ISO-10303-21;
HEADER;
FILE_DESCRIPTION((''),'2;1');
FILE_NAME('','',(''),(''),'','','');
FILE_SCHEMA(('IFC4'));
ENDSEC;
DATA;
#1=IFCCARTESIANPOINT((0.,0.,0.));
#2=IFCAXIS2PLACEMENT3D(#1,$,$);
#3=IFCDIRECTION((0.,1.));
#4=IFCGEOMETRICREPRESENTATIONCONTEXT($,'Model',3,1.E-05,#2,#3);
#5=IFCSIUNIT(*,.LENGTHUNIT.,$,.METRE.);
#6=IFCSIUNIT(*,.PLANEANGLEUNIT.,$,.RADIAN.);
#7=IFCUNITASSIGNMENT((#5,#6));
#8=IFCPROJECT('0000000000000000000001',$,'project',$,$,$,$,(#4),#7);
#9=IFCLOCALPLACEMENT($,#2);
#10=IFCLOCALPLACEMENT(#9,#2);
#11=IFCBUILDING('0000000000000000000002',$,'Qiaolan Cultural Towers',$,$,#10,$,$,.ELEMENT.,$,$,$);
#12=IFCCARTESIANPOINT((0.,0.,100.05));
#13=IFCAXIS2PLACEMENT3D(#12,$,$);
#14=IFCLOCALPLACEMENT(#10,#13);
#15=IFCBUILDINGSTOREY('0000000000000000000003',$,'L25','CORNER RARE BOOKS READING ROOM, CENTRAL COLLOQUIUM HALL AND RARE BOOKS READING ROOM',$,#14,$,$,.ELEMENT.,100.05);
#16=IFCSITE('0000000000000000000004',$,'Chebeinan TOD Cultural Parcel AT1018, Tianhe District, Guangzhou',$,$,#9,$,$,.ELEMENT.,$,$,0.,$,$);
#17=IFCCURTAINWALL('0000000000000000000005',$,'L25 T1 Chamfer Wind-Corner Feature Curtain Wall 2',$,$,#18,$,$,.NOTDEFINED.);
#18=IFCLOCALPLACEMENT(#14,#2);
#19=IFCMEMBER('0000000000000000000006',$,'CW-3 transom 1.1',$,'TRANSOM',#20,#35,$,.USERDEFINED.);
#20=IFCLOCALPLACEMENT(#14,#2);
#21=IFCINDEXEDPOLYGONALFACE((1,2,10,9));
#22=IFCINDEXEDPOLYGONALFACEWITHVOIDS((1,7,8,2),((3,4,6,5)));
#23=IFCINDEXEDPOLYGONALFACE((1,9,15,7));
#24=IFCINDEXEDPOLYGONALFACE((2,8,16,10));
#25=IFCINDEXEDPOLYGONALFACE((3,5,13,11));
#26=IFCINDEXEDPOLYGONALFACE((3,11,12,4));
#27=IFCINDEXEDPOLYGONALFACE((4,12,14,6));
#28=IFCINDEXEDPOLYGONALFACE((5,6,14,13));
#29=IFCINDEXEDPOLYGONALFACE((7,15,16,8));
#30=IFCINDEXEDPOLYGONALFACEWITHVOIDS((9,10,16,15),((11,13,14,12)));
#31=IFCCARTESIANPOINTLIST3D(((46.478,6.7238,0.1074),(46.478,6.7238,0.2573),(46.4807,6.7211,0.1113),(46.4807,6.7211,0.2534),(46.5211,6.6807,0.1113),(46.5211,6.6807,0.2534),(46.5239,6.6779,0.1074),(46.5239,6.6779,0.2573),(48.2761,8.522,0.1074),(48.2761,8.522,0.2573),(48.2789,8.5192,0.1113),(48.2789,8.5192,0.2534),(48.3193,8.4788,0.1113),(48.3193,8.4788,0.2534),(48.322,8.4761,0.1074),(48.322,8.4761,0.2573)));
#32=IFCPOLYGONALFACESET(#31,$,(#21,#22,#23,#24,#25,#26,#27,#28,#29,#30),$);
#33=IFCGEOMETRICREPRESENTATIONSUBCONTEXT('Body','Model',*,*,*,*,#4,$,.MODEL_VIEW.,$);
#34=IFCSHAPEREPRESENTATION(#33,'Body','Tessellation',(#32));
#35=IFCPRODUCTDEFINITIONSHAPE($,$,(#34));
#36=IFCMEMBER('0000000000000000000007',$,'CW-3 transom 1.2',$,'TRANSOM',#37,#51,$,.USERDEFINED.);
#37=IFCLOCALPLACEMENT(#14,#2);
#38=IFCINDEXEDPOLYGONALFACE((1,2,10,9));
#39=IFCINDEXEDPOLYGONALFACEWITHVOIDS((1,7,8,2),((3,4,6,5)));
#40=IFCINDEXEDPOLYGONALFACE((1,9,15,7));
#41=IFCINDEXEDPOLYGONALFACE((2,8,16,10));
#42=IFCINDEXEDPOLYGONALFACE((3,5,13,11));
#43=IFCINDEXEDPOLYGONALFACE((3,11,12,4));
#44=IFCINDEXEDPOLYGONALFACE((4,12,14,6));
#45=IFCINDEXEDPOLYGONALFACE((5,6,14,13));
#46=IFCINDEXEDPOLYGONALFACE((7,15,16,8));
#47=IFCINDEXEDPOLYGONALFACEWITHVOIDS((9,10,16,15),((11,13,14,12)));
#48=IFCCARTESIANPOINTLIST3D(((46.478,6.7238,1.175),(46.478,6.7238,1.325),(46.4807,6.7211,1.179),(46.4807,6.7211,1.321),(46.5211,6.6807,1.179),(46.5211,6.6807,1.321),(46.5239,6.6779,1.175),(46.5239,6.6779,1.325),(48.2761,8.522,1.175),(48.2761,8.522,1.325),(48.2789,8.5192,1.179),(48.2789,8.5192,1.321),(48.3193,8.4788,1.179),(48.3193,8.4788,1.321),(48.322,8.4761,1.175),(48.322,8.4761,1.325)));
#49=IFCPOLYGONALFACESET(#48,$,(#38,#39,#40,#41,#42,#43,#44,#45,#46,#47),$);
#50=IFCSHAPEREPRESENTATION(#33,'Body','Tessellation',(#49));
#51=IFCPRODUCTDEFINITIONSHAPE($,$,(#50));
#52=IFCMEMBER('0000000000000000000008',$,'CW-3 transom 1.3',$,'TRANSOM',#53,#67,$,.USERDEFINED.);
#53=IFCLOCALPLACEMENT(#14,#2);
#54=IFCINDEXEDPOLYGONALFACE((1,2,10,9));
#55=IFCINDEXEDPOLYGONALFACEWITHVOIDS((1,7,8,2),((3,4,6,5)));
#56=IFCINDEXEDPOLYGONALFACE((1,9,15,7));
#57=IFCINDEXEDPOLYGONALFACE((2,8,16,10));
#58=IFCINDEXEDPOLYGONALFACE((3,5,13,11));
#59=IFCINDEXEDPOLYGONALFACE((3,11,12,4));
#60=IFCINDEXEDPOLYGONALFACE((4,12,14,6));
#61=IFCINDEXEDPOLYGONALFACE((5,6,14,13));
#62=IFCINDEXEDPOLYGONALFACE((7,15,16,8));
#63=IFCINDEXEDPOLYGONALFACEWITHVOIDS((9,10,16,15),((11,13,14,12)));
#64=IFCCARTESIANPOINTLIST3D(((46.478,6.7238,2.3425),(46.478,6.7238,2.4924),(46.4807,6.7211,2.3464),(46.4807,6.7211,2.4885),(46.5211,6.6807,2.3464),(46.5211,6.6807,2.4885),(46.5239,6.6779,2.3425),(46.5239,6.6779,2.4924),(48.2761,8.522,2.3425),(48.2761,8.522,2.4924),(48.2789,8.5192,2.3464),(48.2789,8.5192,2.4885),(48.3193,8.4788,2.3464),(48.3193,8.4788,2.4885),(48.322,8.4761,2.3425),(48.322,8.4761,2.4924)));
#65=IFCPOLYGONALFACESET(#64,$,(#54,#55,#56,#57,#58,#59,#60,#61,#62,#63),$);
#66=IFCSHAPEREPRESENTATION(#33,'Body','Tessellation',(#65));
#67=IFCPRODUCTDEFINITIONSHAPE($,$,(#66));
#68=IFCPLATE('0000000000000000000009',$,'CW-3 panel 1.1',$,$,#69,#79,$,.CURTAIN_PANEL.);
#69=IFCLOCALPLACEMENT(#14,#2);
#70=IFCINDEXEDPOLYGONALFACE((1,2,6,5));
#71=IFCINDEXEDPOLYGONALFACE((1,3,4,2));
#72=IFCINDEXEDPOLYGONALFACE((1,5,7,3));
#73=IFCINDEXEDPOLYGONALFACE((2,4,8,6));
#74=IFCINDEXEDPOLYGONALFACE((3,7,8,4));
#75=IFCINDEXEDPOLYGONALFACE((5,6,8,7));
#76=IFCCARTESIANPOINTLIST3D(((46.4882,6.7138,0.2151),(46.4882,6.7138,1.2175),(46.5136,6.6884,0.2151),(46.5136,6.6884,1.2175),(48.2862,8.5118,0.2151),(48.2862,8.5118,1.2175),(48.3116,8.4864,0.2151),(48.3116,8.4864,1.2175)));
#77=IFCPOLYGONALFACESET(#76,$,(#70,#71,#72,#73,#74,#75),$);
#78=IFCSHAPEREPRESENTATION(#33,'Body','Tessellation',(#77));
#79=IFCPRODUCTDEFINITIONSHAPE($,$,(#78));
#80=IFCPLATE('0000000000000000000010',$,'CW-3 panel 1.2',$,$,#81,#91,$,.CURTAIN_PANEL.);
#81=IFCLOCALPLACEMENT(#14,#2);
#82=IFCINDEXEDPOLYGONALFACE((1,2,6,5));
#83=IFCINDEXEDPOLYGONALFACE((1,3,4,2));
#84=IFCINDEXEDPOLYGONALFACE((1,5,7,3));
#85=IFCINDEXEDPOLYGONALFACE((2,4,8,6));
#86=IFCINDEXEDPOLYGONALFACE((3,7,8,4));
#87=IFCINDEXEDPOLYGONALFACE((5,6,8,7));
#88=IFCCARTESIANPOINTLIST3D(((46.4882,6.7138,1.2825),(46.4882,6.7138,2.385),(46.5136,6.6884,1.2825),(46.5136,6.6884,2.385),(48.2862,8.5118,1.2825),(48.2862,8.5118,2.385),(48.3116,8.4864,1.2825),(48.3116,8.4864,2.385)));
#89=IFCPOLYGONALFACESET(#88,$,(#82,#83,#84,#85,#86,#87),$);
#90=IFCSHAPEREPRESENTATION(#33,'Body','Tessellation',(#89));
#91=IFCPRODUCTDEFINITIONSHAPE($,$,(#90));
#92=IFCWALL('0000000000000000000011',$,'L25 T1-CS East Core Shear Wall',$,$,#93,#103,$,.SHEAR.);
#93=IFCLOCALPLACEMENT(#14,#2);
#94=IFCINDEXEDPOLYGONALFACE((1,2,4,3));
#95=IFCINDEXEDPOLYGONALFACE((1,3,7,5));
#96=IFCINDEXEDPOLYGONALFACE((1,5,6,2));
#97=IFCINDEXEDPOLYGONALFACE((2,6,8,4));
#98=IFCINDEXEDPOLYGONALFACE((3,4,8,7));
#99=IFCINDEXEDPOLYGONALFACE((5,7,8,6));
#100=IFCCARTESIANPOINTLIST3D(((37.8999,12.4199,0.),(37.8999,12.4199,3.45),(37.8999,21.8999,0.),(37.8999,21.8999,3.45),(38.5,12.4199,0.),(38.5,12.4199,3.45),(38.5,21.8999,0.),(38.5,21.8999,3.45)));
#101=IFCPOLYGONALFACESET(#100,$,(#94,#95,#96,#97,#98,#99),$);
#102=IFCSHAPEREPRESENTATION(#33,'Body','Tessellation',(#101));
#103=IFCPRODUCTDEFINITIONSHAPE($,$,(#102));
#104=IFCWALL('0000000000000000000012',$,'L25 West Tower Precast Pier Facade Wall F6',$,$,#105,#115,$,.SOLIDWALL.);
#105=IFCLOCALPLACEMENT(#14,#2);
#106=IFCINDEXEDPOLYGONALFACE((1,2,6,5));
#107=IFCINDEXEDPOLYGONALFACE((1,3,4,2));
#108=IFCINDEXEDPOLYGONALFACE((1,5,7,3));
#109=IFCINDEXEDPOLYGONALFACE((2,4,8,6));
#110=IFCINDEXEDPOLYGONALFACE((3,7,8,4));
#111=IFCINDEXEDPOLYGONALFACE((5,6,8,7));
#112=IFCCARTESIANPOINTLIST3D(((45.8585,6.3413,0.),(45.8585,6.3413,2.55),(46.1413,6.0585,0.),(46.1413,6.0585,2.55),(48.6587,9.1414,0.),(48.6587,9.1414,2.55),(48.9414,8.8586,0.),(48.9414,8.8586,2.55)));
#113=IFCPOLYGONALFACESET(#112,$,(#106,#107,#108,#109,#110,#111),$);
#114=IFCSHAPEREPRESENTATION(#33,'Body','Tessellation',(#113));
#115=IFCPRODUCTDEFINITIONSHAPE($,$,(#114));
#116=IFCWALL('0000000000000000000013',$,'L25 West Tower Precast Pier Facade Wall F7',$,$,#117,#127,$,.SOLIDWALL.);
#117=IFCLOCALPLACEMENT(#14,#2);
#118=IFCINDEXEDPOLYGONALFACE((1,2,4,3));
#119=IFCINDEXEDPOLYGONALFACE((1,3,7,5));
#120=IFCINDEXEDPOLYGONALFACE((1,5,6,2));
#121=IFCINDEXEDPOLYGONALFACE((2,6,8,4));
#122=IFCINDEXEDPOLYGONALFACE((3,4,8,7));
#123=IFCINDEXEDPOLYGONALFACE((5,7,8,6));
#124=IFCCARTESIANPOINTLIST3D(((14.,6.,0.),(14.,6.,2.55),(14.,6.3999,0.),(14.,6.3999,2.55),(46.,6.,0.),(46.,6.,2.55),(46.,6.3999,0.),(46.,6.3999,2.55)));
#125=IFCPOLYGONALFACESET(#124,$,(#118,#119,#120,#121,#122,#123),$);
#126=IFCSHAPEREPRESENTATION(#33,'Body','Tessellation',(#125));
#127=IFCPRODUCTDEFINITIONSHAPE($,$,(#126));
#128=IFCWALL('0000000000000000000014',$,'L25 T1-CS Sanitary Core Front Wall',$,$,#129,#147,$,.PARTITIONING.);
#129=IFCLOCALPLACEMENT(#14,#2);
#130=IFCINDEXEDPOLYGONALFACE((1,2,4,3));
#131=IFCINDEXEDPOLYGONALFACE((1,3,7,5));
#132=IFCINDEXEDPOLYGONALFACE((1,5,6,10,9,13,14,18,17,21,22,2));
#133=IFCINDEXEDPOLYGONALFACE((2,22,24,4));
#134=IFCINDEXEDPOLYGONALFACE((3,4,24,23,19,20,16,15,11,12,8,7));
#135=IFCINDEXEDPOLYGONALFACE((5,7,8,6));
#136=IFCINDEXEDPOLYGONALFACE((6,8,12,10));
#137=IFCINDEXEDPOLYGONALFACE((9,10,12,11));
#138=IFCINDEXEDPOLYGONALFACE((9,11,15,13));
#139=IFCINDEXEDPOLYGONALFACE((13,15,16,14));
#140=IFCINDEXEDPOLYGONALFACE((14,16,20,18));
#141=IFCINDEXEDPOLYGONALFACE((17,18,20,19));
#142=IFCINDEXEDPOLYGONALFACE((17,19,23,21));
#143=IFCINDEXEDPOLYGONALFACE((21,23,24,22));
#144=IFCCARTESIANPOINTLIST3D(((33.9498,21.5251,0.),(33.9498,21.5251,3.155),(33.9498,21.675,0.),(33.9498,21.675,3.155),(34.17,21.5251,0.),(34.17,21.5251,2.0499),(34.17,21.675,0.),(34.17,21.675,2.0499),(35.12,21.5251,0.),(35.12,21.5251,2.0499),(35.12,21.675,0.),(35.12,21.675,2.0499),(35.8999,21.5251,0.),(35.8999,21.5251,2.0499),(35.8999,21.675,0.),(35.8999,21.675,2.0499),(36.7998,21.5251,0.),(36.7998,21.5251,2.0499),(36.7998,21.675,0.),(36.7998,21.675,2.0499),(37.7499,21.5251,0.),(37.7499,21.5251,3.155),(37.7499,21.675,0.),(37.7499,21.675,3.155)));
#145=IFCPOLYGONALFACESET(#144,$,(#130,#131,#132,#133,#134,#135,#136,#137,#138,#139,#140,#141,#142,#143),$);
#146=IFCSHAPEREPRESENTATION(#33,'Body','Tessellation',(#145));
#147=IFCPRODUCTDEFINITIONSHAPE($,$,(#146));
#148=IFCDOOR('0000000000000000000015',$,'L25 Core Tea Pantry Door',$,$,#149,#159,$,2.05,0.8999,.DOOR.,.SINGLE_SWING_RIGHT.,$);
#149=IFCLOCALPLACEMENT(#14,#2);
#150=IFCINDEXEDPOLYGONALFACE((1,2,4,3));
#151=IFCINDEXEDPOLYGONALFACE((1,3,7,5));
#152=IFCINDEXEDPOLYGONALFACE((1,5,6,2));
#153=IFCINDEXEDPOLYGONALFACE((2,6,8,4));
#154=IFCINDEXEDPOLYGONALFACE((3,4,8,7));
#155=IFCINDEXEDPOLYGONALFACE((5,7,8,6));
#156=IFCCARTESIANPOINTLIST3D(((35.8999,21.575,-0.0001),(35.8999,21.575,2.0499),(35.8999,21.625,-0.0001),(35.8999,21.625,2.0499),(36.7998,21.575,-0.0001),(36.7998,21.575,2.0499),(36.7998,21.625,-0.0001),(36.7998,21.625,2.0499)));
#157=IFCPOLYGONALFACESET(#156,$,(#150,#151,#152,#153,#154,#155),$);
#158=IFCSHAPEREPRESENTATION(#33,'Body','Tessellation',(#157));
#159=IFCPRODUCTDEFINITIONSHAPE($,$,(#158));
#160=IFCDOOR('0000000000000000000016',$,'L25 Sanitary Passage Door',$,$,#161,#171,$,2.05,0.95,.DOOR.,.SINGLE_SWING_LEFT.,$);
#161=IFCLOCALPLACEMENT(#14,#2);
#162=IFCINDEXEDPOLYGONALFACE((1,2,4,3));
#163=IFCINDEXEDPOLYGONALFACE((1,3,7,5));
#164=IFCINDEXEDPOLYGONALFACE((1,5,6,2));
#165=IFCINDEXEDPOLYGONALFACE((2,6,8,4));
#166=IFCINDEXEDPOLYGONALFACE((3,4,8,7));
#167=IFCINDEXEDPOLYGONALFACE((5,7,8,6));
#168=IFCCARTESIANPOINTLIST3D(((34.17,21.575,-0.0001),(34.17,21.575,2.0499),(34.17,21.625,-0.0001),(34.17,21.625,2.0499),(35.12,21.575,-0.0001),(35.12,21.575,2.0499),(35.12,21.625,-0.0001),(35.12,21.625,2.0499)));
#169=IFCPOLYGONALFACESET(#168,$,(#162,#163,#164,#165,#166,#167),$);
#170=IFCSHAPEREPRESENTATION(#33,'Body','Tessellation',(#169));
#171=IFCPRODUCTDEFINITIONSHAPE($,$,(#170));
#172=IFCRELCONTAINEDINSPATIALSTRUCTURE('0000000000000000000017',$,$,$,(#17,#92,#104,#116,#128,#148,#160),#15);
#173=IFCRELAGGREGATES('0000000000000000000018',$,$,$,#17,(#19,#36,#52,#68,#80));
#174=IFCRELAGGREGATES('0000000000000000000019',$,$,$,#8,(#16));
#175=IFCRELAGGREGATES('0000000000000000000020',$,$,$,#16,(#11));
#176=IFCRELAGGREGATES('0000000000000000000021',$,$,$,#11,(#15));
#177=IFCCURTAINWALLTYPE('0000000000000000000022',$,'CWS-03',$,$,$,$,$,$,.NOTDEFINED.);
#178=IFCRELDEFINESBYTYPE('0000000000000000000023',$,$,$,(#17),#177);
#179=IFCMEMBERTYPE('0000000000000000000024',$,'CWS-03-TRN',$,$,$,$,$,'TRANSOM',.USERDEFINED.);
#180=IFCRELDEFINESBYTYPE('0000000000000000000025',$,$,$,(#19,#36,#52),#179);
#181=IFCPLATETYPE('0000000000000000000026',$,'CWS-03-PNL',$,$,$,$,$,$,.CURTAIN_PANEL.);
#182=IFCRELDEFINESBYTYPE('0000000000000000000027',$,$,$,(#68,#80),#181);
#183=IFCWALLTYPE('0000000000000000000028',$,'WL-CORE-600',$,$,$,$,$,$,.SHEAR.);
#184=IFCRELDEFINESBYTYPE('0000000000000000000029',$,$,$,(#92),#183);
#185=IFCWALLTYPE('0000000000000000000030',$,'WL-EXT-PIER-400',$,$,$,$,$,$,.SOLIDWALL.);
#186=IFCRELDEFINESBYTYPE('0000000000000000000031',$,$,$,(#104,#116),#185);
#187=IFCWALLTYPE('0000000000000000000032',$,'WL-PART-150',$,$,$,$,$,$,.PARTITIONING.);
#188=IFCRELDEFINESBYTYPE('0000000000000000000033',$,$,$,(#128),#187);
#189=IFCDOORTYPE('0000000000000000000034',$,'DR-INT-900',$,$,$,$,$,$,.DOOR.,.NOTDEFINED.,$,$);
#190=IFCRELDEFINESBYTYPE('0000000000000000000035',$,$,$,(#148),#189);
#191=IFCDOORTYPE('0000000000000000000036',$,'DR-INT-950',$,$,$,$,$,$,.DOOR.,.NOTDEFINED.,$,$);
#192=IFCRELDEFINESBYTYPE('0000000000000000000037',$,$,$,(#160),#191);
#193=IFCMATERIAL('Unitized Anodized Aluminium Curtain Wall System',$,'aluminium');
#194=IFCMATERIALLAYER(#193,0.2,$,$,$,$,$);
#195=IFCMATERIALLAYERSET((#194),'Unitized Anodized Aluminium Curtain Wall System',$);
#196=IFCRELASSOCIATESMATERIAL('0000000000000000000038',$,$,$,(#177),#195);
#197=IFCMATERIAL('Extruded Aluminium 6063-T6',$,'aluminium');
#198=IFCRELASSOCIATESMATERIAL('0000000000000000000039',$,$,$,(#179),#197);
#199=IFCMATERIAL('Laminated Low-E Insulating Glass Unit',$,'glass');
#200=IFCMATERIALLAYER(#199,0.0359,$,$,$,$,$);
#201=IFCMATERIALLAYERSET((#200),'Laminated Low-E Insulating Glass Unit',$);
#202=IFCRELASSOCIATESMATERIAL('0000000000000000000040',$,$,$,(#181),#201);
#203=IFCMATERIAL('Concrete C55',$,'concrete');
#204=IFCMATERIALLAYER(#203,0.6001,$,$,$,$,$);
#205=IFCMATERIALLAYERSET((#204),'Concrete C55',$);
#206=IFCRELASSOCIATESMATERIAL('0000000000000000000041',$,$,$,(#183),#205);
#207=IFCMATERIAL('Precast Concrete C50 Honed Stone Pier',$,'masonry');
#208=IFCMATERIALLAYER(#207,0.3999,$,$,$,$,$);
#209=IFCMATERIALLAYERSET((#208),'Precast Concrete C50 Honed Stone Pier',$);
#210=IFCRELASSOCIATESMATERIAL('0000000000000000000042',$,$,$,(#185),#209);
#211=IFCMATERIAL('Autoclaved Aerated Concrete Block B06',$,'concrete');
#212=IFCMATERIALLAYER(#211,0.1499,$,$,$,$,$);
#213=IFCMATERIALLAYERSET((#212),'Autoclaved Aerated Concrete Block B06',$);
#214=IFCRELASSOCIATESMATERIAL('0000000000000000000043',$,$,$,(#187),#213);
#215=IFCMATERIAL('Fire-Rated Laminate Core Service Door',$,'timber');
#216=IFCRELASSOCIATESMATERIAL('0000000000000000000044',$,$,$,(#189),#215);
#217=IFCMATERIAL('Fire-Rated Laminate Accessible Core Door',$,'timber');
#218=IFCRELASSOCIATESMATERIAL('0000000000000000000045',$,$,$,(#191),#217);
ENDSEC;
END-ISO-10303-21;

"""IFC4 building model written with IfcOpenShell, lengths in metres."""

from ifc_helpers import new_model, si_unit, direction, frame, frame_2d, origin, origin_2d, place, context, subcontext, project, spatial, rectangle, hollow_rectangle, extrude, material, layer, layer_set, material_profile, profile_set, type_object, element, fill, aggregate, save


model = new_model("IFC4")

# Units and contexts
model_context = context("Model", 3, precision=1e-05, world=origin(), true_north=direction((0.0, 1.0)))
body_context = subcontext(model_context, "Body", "Model", "MODEL_VIEW")
ifc_project = project(units=[si_unit("LENGTHUNIT", "METRE"), si_unit("PLANEANGLEUNIT", "RADIAN")], contexts=[model_context])

# Site, building, storey
site_placement = place(None, origin())
site = spatial("IfcSite", under=ifc_project, at=site_placement, Name="Chebeinan TOD Cultural Parcel AT1018, Tianhe District, Guangzhou", CompositionType="ELEMENT", RefElevation=0.0)
building_placement = place(site_placement, origin())
building = spatial("IfcBuilding", under=site, at=building_placement, Name="Qiaolan Cultural Towers", CompositionType="ELEMENT")
storey_placement = place(building_placement, frame((0.0, 0.0, 100.05)))
storey = spatial("IfcBuildingStorey", under=building, at=storey_placement, Name="L25", Description="CORNER RARE BOOKS READING ROOM, CENTRAL COLLOQUIUM HALL AND RARE BOOKS READING ROOM", CompositionType="ELEMENT", Elevation=100.05)

# Curtain wall, members, plates
ifc_material_1 = material(Name="Unitized Anodized Aluminium Curtain Wall System", Category="aluminium")
ifc_layer_1 = layer(ifc_material_1, 0.2)
ifc_layer_set_1 = layer_set([ifc_layer_1], Name="Unitized Anodized Aluminium Curtain Wall System")
curtain_wall_type = type_object("IfcCurtainWallType", Name="CWS-03", PredefinedType="NOTDEFINED", material=ifc_layer_set_1)
curtain_wall_placement = place(storey_placement, origin())
curtain_wall = element("IfcCurtainWall", 1, at=curtain_wall_placement, inside=storey, type_object=curtain_wall_type, Name="L25 T1 Chamfer Wind-Corner Feature Curtain Wall 2", PredefinedType="NOTDEFINED")
ifc_material_2 = material(Name="Extruded Aluminium 6063-T6", Category="aluminium")
ifc_material_profile_1 = material_profile(ifc_material_2, hollow_rectangle(XDim=0.0649, YDim=0.1499, WallThickness=0.0039, at=origin_2d()), Name="CWT-150x65x4")
ifc_profile_set_1 = profile_set([ifc_material_profile_1], Name="Extruded Aluminium 6063-T6")
member_type_1 = type_object("IfcMemberType", Name="CWS-03-TRN", ElementType="TRANSOM", PredefinedType="USERDEFINED", material=ifc_profile_set_1)
member_1_placement = place(storey_placement, frame((48.2991, 8.499, 0.1824), z_axis=(-0.707107, -0.707107, 0.0), x_axis=(0.707107, -0.707107, 0.0)))
member_1 = element("IfcMember", 2, at=member_1_placement, type_object=member_type_1, Name="CW-3 transom 1.1", ObjectType="TRANSOM", PredefinedType="USERDEFINED", context=body_context, shape_type="SweptSolid", body=[
    extrude(hollow_rectangle(XDim=0.0649, YDim=0.1499, WallThickness=0.0039, at=origin_2d()), origin(), (0.0, 0.0, 1.0), 2.543),
])
member_2_placement = place(storey_placement, frame((48.2991, 8.499, 1.25), z_axis=(-0.707107, -0.707107, 0.0), x_axis=(0.707107, -0.707107, 0.0)))
member_2 = element("IfcMember", 3, at=member_2_placement, type_object=member_type_1, Name="CW-3 transom 1.2", ObjectType="TRANSOM", PredefinedType="USERDEFINED", context=body_context, shape_type="SweptSolid", body=[
    extrude(hollow_rectangle(XDim=0.0649, YDim=0.1499, WallThickness=0.0039, at=origin_2d()), origin(), (0.0, 0.0, 1.0), 2.543),
])
member_3_placement = place(storey_placement, frame((48.2991, 8.499, 2.4175), z_axis=(-0.707107, -0.707107, 0.0), x_axis=(0.707107, -0.707107, 0.0)))
member_3 = element("IfcMember", 4, at=member_3_placement, type_object=member_type_1, Name="CW-3 transom 1.3", ObjectType="TRANSOM", PredefinedType="USERDEFINED", context=body_context, shape_type="SweptSolid", body=[
    extrude(hollow_rectangle(XDim=0.0649, YDim=0.1499, WallThickness=0.0039, at=origin_2d()), origin(), (0.0, 0.0, 1.0), 2.543),
])
ifc_material_3 = material(Name="Laminated Low-E Insulating Glass Unit", Category="glass")
ifc_layer_2 = layer(ifc_material_3, 0.0359)
ifc_layer_set_2 = layer_set([ifc_layer_2], Name="Laminated Low-E Insulating Glass Unit")
plate_type = type_object("IfcPlateType", Name="CWS-03-PNL", PredefinedType="CURTAIN_PANEL", material=ifc_layer_set_2)
plate_1_placement = place(storey_placement, frame((47.3999, 7.6001, 0.2151), z_axis=(0.0, 0.0, 1.0), x_axis=(-0.707107, -0.707107, 0.0)))
plate_1 = element("IfcPlate", 5, at=plate_1_placement, type_object=plate_type, Name="CW-3 panel 1.1", PredefinedType="CURTAIN_PANEL", context=body_context, shape_type="SweptSolid", body=[
    extrude(rectangle(XDim=2.5427, YDim=0.0359, at=origin_2d()), origin(), (0.0, 0.0, 1.0), 1.0024),
])
plate_2_placement = place(storey_placement, frame((47.3999, 7.6001, 1.2825), z_axis=(0.0, 0.0, 1.0), x_axis=(-0.707107, -0.707107, 0.0)))
plate_2 = element("IfcPlate", 6, at=plate_2_placement, type_object=plate_type, Name="CW-3 panel 1.2", PredefinedType="CURTAIN_PANEL", context=body_context, shape_type="SweptSolid", body=[
    extrude(rectangle(XDim=2.5427, YDim=0.0359, at=origin_2d()), origin(), (0.0, 0.0, 1.0), 1.1025),
])
aggregate(curtain_wall, [member_1, member_2, member_3, plate_1, plate_2])

# Walls
ifc_material_4 = material(Name="Concrete C55", Category="concrete")
ifc_layer_3 = layer(ifc_material_4, 0.6001)
ifc_layer_set_3 = layer_set([ifc_layer_3], Name="Concrete C55")
wall_type_1 = type_object("IfcWallType", Name="WL-CORE-600", PredefinedType="SHEAR", material=ifc_layer_set_3)
wall_1_placement = place(storey_placement, frame((38.2, 21.8999, 0.0), z_axis=(0.0, 0.0, 1.0), x_axis=(0.0, -1.0, 0.0)))
element("IfcWall", 7, at=wall_1_placement, inside=storey, type_object=wall_type_1, Name="L25 T1-CS East Core Shear Wall", PredefinedType="SHEAR", context=body_context, shape_type="SweptSolid", body=[
    extrude(rectangle(XDim=9.48, YDim=0.6001, at=frame_2d((4.74, 0.0))), origin(), (0.0, 0.0, 1.0), 3.45),
])
ifc_material_5 = material(Name="Precast Concrete C50 Honed Stone Pier", Category="masonry")
ifc_layer_4 = layer(ifc_material_5, 0.3999)
ifc_layer_set_4 = layer_set([ifc_layer_4], Name="Precast Concrete C50 Honed Stone Pier")
wall_type_2 = type_object("IfcWallType", Name="WL-EXT-PIER-400", PredefinedType="SOLIDWALL", material=ifc_layer_set_4)
wall_2_placement = place(storey_placement, frame((48.8, 9.0, 0.0), z_axis=(0.0, 0.0, 1.0), x_axis=(-0.707107, -0.707107, 0.0)))
element("IfcWall", 8, at=wall_2_placement, inside=storey, type_object=wall_type_2, Name="L25 West Tower Precast Pier Facade Wall F6", PredefinedType="SOLIDWALL", context=body_context, shape_type="SweptSolid", body=[
    extrude(rectangle(XDim=3.96, YDim=0.3999, at=frame_2d((1.98, 0.0))), origin(), (0.0, 0.0, 1.0), 2.55),
])
wall_3_placement = place(storey_placement, frame((46.0, 6.2, 0.0), z_axis=(0.0, 0.0, 1.0), x_axis=(-1.0, 0.0, 0.0)))
element("IfcWall", 9, at=wall_3_placement, inside=storey, type_object=wall_type_2, Name="L25 West Tower Precast Pier Facade Wall F7", PredefinedType="SOLIDWALL", context=body_context, shape_type="SweptSolid", body=[
    extrude(rectangle(XDim=32.0, YDim=0.3999, at=frame_2d((16.0, 0.0))), origin(), (0.0, 0.0, 1.0), 2.55),
])

# Wall, openings, doors
ifc_material_6 = material(Name="Autoclaved Aerated Concrete Block B06", Category="concrete")
ifc_layer_5 = layer(ifc_material_6, 0.1499)
ifc_layer_set_5 = layer_set([ifc_layer_5], Name="Autoclaved Aerated Concrete Block B06")
wall_type_3 = type_object("IfcWallType", Name="WL-PART-150", PredefinedType="PARTITIONING", material=ifc_layer_set_5)
wall_4_placement = place(storey_placement, frame((33.95, 21.6001, 0.0), z_axis=(0.0, 0.0, 1.0), x_axis=(1.0, 0.0, 0.0)))
wall_4 = element("IfcWall", 10, at=wall_4_placement, inside=storey, type_object=wall_type_3, Name="L25 T1-CS Sanitary Core Front Wall", PredefinedType="PARTITIONING", context=body_context, shape_type="SweptSolid", body=[
    extrude(rectangle(XDim=3.8, YDim=0.1499, at=frame_2d((1.8999, 0.0))), origin(), (0.0, 0.0, 1.0), 3.155),
])
opening_1_placement = place(wall_4_placement, frame((0.22, 0.0, 0.0)))
opening_1 = element("IfcOpeningElement", 11, at=opening_1_placement, cuts=wall_4, PredefinedType="OPENING", context=body_context, shape_type="SweptSolid", body=[
    extrude(rectangle(XDim=0.95, YDim=2.05, at=frame_2d((0.4751, 1.0249))), frame((0.0, 0.085, 0.0), z_axis=(0.0, -1.0, 0.0), x_axis=(1.0, 0.0, 0.0)), (0.0, 0.0, 1.0), 0.1699),
])
opening_2_placement = place(wall_4_placement, frame((1.95, 0.0, 0.0)))
opening_2 = element("IfcOpeningElement", 12, at=opening_2_placement, cuts=wall_4, PredefinedType="OPENING", context=body_context, shape_type="SweptSolid", body=[
    extrude(rectangle(XDim=0.8999, YDim=2.05, at=frame_2d((0.45, 1.0249))), frame((0.0, 0.085, 0.0), z_axis=(0.0, -1.0, 0.0), x_axis=(1.0, 0.0, 0.0)), (0.0, 0.0, 1.0), 0.1699),
])
ifc_material_7 = material(Name="Fire-Rated Laminate Core Service Door", Category="timber")
door_type_1 = type_object("IfcDoorType", Name="DR-INT-900", OperationType="NOTDEFINED", PredefinedType="DOOR", material=ifc_material_7)
door_1_placement = place(opening_2_placement, origin())
door_1 = element("IfcDoor", 13, at=door_1_placement, inside=storey, type_object=door_type_1, Name="L25 Core Tea Pantry Door", OperationType="SINGLE_SWING_RIGHT", OverallHeight=2.05, OverallWidth=0.8999, PredefinedType="DOOR", context=body_context, shape_type="SweptSolid", body=[
    extrude(rectangle(XDim=0.8999, YDim=2.05, at=frame_2d((0.45, 1.0249))), frame((0.0, 0.0249, 0.0), z_axis=(0.0, -1.0, 0.0), x_axis=(1.0, 0.0, 0.0)), (0.0, 0.0, 1.0), 0.05),
])
fill(opening_2, door_1)
ifc_material_8 = material(Name="Fire-Rated Laminate Accessible Core Door", Category="timber")
door_type_2 = type_object("IfcDoorType", Name="DR-INT-950", OperationType="NOTDEFINED", PredefinedType="DOOR", material=ifc_material_8)
door_2_placement = place(opening_1_placement, origin())
door_2 = element("IfcDoor", 14, at=door_2_placement, inside=storey, type_object=door_type_2, Name="L25 Sanitary Passage Door", OperationType="SINGLE_SWING_LEFT", OverallHeight=2.05, OverallWidth=0.95, PredefinedType="DOOR", context=body_context, shape_type="SweptSolid", body=[
    extrude(rectangle(XDim=0.95, YDim=2.05, at=frame_2d((0.4751, 1.0249))), frame((0.0, 0.0249, 0.0), z_axis=(0.0, -1.0, 0.0), x_axis=(1.0, 0.0, 0.0)), (0.0, 0.0, 1.0), 0.05),
])
fill(opening_1, door_2)

save(model, "model.ifc")
